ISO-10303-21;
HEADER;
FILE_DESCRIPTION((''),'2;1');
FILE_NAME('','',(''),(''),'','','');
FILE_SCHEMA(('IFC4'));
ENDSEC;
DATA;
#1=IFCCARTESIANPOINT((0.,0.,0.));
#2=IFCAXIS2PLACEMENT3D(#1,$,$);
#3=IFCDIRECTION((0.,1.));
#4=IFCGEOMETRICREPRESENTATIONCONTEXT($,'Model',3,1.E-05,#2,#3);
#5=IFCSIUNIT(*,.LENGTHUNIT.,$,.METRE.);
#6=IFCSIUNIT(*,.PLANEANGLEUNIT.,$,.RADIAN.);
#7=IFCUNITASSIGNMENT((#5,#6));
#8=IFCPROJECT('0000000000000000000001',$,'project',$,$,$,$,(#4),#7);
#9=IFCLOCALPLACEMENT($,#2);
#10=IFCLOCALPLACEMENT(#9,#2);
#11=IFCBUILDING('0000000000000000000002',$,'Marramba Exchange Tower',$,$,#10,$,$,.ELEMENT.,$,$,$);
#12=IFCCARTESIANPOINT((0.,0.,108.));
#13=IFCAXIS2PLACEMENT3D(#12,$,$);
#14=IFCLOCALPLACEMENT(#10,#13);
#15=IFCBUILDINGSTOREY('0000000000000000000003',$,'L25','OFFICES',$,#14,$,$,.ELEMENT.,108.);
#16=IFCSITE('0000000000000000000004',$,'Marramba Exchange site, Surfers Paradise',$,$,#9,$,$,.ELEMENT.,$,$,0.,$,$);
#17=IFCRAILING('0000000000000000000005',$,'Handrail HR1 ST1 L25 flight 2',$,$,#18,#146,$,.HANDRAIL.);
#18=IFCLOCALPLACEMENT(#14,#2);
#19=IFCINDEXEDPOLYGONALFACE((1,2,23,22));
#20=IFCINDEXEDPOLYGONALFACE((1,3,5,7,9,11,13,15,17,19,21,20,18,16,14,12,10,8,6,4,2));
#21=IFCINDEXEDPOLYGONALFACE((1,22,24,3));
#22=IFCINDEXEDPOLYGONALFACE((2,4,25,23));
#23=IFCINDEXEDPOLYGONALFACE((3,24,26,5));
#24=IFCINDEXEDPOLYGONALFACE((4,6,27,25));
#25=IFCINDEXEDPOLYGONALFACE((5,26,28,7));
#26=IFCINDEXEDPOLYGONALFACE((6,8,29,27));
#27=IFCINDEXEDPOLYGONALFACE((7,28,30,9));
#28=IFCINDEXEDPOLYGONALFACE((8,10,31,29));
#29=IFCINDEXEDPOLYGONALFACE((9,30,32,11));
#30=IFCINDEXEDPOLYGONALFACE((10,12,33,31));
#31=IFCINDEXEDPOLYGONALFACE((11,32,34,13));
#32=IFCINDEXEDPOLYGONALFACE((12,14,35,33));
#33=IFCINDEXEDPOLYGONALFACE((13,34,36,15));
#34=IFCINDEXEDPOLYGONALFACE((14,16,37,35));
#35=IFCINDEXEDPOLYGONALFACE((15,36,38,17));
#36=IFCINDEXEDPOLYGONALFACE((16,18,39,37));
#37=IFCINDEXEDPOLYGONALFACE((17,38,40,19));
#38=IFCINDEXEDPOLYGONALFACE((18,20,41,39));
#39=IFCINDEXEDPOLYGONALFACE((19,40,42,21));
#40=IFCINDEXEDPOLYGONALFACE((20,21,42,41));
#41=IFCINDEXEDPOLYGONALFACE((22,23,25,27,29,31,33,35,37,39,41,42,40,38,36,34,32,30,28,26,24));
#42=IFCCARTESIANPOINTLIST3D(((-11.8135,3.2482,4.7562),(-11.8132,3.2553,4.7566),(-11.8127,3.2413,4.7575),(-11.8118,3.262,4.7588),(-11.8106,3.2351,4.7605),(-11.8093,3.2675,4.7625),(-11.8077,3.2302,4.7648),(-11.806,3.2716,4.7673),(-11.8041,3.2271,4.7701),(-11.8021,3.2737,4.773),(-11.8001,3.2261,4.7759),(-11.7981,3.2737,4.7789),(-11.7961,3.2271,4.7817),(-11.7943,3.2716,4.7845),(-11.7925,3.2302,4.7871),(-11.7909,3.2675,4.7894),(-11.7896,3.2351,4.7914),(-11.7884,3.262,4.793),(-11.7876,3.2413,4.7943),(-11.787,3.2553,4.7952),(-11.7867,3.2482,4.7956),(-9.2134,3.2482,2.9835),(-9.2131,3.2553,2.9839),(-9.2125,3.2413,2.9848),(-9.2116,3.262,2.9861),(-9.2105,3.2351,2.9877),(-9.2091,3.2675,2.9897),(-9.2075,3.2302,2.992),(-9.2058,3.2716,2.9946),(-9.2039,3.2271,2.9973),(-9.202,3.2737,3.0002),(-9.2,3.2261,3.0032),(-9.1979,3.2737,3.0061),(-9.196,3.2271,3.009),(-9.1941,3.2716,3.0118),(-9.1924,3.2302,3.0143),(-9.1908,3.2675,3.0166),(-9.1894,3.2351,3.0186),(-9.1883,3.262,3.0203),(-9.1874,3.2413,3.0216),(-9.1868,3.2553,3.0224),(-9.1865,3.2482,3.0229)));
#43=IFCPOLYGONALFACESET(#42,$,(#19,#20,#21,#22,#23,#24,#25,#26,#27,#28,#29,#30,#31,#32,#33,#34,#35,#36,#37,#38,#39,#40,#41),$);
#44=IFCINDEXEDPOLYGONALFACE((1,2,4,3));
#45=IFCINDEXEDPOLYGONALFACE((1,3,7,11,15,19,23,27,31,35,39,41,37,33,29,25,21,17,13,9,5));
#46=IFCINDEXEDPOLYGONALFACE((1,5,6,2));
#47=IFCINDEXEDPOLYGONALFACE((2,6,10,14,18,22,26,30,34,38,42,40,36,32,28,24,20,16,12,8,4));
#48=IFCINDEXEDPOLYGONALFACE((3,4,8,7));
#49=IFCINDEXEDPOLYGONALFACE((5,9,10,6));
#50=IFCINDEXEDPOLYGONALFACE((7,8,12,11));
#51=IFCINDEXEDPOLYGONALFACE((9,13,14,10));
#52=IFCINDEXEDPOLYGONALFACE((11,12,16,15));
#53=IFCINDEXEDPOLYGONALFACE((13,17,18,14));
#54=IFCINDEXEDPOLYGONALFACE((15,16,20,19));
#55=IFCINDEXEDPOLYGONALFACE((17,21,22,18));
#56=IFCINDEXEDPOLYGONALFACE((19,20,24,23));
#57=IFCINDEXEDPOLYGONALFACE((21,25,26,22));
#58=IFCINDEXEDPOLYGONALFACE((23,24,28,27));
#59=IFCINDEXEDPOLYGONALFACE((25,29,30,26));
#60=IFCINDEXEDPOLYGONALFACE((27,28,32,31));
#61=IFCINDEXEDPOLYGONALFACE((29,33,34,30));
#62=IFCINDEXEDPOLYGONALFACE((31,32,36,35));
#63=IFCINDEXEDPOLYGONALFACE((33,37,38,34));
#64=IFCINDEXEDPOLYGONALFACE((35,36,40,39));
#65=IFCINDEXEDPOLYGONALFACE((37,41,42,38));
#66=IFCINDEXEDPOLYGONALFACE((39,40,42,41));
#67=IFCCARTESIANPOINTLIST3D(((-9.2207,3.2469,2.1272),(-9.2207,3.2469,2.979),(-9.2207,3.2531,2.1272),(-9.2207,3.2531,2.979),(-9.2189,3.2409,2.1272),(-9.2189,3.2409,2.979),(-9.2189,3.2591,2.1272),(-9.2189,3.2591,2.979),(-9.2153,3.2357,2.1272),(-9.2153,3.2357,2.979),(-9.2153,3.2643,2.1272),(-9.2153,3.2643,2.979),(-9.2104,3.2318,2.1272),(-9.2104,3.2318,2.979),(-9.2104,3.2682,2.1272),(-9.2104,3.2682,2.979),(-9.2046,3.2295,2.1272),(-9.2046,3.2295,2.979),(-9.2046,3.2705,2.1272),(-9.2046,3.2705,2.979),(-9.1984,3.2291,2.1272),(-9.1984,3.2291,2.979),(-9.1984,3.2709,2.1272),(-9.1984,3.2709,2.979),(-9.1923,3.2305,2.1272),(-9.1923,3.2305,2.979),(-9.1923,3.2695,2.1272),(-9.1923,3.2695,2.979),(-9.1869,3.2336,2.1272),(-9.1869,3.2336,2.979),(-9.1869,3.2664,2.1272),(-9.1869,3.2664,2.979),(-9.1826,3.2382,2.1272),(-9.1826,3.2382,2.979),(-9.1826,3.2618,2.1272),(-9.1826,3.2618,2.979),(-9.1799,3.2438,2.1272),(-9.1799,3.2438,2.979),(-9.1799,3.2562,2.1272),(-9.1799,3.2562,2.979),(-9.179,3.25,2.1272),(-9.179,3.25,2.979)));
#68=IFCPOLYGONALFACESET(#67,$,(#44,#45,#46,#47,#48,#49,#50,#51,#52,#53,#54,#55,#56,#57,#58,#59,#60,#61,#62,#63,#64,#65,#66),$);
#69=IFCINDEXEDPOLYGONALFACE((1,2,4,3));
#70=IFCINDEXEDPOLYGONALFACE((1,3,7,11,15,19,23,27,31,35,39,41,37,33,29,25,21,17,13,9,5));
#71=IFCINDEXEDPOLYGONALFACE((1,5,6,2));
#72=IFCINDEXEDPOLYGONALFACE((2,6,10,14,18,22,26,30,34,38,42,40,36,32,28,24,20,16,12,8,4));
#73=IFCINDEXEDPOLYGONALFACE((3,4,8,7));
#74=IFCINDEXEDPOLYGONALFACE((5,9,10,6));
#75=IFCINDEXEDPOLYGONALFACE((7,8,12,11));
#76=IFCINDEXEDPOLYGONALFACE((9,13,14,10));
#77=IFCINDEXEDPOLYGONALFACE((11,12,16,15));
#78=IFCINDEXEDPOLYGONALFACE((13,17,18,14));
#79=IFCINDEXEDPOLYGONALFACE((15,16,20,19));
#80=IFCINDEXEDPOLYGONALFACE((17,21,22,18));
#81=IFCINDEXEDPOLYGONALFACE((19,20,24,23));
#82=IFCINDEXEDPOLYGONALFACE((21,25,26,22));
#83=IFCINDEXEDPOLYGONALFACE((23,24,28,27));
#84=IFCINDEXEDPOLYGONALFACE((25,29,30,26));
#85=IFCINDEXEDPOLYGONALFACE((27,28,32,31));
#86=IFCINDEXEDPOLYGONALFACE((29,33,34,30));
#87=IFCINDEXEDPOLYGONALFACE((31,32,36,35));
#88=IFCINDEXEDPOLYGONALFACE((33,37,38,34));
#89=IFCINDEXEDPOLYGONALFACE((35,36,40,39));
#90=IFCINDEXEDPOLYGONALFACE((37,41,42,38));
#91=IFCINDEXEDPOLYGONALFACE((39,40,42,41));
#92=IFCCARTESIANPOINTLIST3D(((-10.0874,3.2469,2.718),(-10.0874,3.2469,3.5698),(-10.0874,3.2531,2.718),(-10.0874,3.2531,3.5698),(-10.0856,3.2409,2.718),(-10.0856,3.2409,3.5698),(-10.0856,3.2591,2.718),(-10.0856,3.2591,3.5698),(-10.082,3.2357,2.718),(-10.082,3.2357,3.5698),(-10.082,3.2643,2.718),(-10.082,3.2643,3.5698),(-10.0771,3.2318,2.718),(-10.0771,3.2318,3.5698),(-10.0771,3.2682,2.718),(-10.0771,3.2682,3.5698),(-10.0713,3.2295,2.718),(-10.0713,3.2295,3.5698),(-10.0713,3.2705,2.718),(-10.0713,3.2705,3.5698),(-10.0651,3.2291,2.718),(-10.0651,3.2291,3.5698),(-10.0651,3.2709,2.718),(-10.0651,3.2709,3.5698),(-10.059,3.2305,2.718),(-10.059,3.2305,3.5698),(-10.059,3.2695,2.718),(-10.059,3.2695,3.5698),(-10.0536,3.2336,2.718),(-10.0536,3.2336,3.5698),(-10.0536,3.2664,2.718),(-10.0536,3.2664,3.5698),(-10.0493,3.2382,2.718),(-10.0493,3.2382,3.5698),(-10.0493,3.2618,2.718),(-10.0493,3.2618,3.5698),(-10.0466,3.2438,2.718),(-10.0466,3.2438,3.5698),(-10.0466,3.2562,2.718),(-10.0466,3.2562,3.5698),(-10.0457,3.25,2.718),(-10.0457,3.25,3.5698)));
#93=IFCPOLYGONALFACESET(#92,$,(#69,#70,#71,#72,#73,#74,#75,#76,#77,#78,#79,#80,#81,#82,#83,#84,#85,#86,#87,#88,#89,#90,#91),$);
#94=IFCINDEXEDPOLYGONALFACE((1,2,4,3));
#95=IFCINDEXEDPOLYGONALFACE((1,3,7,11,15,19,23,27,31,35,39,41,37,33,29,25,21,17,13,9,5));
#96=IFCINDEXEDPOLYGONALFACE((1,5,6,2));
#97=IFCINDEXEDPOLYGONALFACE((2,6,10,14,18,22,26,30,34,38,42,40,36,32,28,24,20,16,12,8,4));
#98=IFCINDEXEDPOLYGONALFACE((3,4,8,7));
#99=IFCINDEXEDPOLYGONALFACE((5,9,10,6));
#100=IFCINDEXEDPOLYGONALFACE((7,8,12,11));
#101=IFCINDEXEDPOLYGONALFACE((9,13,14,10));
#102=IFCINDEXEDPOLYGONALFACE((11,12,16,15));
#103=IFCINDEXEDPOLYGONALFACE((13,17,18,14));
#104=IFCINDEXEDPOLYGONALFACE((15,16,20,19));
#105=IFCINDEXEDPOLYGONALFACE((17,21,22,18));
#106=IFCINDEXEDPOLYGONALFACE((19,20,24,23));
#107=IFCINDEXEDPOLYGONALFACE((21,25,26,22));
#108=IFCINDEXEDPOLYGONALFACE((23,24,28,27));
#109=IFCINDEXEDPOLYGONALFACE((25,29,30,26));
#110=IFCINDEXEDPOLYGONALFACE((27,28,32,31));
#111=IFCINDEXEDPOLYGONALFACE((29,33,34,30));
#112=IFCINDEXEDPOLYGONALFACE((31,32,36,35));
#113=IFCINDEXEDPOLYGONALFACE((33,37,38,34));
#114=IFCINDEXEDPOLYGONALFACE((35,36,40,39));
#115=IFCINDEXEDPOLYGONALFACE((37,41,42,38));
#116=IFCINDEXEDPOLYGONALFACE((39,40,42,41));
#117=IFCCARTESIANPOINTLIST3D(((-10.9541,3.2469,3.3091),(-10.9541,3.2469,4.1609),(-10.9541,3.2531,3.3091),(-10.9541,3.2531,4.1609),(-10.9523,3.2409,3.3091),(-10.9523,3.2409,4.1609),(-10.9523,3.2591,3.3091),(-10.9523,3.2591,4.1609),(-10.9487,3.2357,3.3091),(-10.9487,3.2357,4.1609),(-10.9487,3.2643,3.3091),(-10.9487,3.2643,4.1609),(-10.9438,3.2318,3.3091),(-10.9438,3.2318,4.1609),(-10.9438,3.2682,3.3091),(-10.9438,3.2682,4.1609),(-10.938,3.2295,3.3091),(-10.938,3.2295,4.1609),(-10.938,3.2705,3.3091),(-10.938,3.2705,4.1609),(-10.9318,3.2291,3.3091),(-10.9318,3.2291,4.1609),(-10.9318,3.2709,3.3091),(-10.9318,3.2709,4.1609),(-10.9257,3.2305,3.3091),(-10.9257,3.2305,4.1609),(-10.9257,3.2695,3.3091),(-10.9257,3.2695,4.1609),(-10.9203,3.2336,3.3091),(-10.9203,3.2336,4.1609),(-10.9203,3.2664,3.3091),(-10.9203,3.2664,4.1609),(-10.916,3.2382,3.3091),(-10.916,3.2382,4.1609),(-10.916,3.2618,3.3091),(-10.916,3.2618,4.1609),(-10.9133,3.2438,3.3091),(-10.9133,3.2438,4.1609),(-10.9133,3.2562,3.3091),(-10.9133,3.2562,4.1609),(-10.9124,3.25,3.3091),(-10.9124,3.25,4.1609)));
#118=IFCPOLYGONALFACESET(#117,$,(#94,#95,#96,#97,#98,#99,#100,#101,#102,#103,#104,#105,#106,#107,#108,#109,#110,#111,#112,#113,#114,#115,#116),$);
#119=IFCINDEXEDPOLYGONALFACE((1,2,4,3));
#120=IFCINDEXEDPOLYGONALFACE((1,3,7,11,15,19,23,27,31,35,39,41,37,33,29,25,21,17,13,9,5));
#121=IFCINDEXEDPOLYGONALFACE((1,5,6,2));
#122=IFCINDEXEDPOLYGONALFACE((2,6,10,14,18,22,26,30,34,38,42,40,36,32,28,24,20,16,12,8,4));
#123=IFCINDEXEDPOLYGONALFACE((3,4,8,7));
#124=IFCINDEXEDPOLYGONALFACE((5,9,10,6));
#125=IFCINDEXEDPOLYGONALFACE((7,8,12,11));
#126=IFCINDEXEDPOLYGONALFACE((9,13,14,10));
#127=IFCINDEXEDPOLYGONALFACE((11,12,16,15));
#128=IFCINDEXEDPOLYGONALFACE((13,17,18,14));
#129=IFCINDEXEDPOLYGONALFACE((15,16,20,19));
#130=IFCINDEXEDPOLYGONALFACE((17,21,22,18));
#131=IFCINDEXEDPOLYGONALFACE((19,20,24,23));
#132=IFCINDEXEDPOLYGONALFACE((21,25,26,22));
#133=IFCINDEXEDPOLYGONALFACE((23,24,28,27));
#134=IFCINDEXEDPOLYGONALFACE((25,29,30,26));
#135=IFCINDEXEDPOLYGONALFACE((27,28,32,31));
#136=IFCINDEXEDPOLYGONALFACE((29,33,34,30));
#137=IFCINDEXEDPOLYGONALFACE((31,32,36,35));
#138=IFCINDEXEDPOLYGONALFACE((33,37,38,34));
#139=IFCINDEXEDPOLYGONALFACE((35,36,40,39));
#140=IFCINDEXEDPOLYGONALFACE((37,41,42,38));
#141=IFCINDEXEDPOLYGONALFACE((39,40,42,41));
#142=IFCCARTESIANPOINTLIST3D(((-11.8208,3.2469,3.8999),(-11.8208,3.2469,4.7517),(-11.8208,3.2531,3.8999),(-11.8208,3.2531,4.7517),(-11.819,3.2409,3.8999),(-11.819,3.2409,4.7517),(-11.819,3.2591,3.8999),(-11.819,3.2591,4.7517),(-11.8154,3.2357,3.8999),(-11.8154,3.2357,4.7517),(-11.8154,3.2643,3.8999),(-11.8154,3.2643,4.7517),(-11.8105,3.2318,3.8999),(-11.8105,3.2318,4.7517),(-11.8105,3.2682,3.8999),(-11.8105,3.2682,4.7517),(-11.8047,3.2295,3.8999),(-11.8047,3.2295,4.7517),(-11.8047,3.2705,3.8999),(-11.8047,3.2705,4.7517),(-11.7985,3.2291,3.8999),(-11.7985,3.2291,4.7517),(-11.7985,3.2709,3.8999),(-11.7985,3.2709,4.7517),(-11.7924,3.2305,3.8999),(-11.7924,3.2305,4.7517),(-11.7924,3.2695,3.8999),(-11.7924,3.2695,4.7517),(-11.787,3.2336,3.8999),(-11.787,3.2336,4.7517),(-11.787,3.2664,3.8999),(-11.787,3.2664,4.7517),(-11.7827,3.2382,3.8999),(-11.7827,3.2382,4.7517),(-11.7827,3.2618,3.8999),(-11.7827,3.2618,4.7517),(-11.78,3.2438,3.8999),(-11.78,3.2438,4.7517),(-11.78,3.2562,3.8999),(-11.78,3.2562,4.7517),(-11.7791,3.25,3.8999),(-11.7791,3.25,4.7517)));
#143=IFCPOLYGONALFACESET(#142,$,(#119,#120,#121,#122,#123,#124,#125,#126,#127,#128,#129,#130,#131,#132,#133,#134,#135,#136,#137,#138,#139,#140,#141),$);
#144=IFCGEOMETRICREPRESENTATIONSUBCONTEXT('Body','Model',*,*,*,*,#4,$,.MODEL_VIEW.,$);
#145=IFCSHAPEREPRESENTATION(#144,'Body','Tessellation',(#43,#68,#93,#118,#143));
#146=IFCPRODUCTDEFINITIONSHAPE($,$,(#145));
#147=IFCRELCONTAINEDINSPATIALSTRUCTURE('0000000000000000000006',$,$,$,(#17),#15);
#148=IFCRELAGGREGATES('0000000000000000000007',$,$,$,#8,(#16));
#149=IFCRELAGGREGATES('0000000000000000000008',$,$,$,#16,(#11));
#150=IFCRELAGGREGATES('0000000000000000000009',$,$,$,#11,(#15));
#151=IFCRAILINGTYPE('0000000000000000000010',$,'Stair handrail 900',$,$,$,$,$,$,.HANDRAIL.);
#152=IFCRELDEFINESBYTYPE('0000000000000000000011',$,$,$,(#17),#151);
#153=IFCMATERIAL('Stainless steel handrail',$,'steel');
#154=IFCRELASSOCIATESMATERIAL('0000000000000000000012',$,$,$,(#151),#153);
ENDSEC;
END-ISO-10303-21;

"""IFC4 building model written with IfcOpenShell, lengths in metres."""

from ifc_helpers import new_model, si_unit, direction, frame, origin, origin_2d, place, context, subcontext, project, spatial, circle, extrude, material, type_object, element, save


model = new_model("IFC4")

# Units and contexts
model_context = context("Model", 3, precision=1e-05, world=origin(), true_north=direction((0.0, 1.0)))
body_context = subcontext(model_context, "Body", "Model", "MODEL_VIEW")
ifc_project = project(units=[si_unit("LENGTHUNIT", "METRE"), si_unit("PLANEANGLEUNIT", "RADIAN")], contexts=[model_context])

# Site, building, storey
site_placement = place(None, origin())
site = spatial("IfcSite", under=ifc_project, at=site_placement, Name="Marramba Exchange site, Surfers Paradise", CompositionType="ELEMENT", RefElevation=0.0)
building_placement = place(site_placement, origin())
building = spatial("IfcBuilding", under=site, at=building_placement, Name="Marramba Exchange Tower", CompositionType="ELEMENT")
storey_placement = place(building_placement, frame((0.0, 0.0, 108.0)))
storey = spatial("IfcBuildingStorey", under=building, at=storey_placement, Name="L25", Description="OFFICES", CompositionType="ELEMENT", Elevation=108.0)

# Railing
ifc_material_1 = material(Name="Stainless steel handrail", Category="steel")
railing_type = type_object("IfcRailingType", Name="Stair handrail 900", PredefinedType="HANDRAIL", material=ifc_material_1)
railing_1_placement = place(storey_placement, frame((-9.2, 3.25, 2.1272)))
element("IfcRailing", 1, at=railing_1_placement, inside=storey, type_object=railing_type, Name="Handrail HR1 ST1 L25 flight 2", PredefinedType="HANDRAIL", context=body_context, shape_type="SweptSolid", body=[
    extrude(circle(Radius=0.0239, at=origin_2d()), frame((0.0, 0.0, 0.876), z_axis=(-0.82624, 0.0, 0.563318), x_axis=(0.0, -1.0, 0.0)), (0.0, 0.0, 1.0), 3.147),
    extrude(circle(Radius=0.021, at=origin_2d()), origin(), (0.0, 0.0, 1.0), 0.8518),
    extrude(circle(Radius=0.021, at=origin_2d()), frame((-0.8667, 0.0, 0.5908)), (0.0, 0.0, 1.0), 0.8518),
    extrude(circle(Radius=0.021, at=origin_2d()), frame((-1.7334, 0.0, 1.1819)), (0.0, 0.0, 1.0), 0.8518),
    extrude(circle(Radius=0.021, at=origin_2d()), frame((-2.6001, 0.0, 1.7727)), (0.0, 0.0, 1.0), 0.8518),
])

save(model, "model.ifc")
